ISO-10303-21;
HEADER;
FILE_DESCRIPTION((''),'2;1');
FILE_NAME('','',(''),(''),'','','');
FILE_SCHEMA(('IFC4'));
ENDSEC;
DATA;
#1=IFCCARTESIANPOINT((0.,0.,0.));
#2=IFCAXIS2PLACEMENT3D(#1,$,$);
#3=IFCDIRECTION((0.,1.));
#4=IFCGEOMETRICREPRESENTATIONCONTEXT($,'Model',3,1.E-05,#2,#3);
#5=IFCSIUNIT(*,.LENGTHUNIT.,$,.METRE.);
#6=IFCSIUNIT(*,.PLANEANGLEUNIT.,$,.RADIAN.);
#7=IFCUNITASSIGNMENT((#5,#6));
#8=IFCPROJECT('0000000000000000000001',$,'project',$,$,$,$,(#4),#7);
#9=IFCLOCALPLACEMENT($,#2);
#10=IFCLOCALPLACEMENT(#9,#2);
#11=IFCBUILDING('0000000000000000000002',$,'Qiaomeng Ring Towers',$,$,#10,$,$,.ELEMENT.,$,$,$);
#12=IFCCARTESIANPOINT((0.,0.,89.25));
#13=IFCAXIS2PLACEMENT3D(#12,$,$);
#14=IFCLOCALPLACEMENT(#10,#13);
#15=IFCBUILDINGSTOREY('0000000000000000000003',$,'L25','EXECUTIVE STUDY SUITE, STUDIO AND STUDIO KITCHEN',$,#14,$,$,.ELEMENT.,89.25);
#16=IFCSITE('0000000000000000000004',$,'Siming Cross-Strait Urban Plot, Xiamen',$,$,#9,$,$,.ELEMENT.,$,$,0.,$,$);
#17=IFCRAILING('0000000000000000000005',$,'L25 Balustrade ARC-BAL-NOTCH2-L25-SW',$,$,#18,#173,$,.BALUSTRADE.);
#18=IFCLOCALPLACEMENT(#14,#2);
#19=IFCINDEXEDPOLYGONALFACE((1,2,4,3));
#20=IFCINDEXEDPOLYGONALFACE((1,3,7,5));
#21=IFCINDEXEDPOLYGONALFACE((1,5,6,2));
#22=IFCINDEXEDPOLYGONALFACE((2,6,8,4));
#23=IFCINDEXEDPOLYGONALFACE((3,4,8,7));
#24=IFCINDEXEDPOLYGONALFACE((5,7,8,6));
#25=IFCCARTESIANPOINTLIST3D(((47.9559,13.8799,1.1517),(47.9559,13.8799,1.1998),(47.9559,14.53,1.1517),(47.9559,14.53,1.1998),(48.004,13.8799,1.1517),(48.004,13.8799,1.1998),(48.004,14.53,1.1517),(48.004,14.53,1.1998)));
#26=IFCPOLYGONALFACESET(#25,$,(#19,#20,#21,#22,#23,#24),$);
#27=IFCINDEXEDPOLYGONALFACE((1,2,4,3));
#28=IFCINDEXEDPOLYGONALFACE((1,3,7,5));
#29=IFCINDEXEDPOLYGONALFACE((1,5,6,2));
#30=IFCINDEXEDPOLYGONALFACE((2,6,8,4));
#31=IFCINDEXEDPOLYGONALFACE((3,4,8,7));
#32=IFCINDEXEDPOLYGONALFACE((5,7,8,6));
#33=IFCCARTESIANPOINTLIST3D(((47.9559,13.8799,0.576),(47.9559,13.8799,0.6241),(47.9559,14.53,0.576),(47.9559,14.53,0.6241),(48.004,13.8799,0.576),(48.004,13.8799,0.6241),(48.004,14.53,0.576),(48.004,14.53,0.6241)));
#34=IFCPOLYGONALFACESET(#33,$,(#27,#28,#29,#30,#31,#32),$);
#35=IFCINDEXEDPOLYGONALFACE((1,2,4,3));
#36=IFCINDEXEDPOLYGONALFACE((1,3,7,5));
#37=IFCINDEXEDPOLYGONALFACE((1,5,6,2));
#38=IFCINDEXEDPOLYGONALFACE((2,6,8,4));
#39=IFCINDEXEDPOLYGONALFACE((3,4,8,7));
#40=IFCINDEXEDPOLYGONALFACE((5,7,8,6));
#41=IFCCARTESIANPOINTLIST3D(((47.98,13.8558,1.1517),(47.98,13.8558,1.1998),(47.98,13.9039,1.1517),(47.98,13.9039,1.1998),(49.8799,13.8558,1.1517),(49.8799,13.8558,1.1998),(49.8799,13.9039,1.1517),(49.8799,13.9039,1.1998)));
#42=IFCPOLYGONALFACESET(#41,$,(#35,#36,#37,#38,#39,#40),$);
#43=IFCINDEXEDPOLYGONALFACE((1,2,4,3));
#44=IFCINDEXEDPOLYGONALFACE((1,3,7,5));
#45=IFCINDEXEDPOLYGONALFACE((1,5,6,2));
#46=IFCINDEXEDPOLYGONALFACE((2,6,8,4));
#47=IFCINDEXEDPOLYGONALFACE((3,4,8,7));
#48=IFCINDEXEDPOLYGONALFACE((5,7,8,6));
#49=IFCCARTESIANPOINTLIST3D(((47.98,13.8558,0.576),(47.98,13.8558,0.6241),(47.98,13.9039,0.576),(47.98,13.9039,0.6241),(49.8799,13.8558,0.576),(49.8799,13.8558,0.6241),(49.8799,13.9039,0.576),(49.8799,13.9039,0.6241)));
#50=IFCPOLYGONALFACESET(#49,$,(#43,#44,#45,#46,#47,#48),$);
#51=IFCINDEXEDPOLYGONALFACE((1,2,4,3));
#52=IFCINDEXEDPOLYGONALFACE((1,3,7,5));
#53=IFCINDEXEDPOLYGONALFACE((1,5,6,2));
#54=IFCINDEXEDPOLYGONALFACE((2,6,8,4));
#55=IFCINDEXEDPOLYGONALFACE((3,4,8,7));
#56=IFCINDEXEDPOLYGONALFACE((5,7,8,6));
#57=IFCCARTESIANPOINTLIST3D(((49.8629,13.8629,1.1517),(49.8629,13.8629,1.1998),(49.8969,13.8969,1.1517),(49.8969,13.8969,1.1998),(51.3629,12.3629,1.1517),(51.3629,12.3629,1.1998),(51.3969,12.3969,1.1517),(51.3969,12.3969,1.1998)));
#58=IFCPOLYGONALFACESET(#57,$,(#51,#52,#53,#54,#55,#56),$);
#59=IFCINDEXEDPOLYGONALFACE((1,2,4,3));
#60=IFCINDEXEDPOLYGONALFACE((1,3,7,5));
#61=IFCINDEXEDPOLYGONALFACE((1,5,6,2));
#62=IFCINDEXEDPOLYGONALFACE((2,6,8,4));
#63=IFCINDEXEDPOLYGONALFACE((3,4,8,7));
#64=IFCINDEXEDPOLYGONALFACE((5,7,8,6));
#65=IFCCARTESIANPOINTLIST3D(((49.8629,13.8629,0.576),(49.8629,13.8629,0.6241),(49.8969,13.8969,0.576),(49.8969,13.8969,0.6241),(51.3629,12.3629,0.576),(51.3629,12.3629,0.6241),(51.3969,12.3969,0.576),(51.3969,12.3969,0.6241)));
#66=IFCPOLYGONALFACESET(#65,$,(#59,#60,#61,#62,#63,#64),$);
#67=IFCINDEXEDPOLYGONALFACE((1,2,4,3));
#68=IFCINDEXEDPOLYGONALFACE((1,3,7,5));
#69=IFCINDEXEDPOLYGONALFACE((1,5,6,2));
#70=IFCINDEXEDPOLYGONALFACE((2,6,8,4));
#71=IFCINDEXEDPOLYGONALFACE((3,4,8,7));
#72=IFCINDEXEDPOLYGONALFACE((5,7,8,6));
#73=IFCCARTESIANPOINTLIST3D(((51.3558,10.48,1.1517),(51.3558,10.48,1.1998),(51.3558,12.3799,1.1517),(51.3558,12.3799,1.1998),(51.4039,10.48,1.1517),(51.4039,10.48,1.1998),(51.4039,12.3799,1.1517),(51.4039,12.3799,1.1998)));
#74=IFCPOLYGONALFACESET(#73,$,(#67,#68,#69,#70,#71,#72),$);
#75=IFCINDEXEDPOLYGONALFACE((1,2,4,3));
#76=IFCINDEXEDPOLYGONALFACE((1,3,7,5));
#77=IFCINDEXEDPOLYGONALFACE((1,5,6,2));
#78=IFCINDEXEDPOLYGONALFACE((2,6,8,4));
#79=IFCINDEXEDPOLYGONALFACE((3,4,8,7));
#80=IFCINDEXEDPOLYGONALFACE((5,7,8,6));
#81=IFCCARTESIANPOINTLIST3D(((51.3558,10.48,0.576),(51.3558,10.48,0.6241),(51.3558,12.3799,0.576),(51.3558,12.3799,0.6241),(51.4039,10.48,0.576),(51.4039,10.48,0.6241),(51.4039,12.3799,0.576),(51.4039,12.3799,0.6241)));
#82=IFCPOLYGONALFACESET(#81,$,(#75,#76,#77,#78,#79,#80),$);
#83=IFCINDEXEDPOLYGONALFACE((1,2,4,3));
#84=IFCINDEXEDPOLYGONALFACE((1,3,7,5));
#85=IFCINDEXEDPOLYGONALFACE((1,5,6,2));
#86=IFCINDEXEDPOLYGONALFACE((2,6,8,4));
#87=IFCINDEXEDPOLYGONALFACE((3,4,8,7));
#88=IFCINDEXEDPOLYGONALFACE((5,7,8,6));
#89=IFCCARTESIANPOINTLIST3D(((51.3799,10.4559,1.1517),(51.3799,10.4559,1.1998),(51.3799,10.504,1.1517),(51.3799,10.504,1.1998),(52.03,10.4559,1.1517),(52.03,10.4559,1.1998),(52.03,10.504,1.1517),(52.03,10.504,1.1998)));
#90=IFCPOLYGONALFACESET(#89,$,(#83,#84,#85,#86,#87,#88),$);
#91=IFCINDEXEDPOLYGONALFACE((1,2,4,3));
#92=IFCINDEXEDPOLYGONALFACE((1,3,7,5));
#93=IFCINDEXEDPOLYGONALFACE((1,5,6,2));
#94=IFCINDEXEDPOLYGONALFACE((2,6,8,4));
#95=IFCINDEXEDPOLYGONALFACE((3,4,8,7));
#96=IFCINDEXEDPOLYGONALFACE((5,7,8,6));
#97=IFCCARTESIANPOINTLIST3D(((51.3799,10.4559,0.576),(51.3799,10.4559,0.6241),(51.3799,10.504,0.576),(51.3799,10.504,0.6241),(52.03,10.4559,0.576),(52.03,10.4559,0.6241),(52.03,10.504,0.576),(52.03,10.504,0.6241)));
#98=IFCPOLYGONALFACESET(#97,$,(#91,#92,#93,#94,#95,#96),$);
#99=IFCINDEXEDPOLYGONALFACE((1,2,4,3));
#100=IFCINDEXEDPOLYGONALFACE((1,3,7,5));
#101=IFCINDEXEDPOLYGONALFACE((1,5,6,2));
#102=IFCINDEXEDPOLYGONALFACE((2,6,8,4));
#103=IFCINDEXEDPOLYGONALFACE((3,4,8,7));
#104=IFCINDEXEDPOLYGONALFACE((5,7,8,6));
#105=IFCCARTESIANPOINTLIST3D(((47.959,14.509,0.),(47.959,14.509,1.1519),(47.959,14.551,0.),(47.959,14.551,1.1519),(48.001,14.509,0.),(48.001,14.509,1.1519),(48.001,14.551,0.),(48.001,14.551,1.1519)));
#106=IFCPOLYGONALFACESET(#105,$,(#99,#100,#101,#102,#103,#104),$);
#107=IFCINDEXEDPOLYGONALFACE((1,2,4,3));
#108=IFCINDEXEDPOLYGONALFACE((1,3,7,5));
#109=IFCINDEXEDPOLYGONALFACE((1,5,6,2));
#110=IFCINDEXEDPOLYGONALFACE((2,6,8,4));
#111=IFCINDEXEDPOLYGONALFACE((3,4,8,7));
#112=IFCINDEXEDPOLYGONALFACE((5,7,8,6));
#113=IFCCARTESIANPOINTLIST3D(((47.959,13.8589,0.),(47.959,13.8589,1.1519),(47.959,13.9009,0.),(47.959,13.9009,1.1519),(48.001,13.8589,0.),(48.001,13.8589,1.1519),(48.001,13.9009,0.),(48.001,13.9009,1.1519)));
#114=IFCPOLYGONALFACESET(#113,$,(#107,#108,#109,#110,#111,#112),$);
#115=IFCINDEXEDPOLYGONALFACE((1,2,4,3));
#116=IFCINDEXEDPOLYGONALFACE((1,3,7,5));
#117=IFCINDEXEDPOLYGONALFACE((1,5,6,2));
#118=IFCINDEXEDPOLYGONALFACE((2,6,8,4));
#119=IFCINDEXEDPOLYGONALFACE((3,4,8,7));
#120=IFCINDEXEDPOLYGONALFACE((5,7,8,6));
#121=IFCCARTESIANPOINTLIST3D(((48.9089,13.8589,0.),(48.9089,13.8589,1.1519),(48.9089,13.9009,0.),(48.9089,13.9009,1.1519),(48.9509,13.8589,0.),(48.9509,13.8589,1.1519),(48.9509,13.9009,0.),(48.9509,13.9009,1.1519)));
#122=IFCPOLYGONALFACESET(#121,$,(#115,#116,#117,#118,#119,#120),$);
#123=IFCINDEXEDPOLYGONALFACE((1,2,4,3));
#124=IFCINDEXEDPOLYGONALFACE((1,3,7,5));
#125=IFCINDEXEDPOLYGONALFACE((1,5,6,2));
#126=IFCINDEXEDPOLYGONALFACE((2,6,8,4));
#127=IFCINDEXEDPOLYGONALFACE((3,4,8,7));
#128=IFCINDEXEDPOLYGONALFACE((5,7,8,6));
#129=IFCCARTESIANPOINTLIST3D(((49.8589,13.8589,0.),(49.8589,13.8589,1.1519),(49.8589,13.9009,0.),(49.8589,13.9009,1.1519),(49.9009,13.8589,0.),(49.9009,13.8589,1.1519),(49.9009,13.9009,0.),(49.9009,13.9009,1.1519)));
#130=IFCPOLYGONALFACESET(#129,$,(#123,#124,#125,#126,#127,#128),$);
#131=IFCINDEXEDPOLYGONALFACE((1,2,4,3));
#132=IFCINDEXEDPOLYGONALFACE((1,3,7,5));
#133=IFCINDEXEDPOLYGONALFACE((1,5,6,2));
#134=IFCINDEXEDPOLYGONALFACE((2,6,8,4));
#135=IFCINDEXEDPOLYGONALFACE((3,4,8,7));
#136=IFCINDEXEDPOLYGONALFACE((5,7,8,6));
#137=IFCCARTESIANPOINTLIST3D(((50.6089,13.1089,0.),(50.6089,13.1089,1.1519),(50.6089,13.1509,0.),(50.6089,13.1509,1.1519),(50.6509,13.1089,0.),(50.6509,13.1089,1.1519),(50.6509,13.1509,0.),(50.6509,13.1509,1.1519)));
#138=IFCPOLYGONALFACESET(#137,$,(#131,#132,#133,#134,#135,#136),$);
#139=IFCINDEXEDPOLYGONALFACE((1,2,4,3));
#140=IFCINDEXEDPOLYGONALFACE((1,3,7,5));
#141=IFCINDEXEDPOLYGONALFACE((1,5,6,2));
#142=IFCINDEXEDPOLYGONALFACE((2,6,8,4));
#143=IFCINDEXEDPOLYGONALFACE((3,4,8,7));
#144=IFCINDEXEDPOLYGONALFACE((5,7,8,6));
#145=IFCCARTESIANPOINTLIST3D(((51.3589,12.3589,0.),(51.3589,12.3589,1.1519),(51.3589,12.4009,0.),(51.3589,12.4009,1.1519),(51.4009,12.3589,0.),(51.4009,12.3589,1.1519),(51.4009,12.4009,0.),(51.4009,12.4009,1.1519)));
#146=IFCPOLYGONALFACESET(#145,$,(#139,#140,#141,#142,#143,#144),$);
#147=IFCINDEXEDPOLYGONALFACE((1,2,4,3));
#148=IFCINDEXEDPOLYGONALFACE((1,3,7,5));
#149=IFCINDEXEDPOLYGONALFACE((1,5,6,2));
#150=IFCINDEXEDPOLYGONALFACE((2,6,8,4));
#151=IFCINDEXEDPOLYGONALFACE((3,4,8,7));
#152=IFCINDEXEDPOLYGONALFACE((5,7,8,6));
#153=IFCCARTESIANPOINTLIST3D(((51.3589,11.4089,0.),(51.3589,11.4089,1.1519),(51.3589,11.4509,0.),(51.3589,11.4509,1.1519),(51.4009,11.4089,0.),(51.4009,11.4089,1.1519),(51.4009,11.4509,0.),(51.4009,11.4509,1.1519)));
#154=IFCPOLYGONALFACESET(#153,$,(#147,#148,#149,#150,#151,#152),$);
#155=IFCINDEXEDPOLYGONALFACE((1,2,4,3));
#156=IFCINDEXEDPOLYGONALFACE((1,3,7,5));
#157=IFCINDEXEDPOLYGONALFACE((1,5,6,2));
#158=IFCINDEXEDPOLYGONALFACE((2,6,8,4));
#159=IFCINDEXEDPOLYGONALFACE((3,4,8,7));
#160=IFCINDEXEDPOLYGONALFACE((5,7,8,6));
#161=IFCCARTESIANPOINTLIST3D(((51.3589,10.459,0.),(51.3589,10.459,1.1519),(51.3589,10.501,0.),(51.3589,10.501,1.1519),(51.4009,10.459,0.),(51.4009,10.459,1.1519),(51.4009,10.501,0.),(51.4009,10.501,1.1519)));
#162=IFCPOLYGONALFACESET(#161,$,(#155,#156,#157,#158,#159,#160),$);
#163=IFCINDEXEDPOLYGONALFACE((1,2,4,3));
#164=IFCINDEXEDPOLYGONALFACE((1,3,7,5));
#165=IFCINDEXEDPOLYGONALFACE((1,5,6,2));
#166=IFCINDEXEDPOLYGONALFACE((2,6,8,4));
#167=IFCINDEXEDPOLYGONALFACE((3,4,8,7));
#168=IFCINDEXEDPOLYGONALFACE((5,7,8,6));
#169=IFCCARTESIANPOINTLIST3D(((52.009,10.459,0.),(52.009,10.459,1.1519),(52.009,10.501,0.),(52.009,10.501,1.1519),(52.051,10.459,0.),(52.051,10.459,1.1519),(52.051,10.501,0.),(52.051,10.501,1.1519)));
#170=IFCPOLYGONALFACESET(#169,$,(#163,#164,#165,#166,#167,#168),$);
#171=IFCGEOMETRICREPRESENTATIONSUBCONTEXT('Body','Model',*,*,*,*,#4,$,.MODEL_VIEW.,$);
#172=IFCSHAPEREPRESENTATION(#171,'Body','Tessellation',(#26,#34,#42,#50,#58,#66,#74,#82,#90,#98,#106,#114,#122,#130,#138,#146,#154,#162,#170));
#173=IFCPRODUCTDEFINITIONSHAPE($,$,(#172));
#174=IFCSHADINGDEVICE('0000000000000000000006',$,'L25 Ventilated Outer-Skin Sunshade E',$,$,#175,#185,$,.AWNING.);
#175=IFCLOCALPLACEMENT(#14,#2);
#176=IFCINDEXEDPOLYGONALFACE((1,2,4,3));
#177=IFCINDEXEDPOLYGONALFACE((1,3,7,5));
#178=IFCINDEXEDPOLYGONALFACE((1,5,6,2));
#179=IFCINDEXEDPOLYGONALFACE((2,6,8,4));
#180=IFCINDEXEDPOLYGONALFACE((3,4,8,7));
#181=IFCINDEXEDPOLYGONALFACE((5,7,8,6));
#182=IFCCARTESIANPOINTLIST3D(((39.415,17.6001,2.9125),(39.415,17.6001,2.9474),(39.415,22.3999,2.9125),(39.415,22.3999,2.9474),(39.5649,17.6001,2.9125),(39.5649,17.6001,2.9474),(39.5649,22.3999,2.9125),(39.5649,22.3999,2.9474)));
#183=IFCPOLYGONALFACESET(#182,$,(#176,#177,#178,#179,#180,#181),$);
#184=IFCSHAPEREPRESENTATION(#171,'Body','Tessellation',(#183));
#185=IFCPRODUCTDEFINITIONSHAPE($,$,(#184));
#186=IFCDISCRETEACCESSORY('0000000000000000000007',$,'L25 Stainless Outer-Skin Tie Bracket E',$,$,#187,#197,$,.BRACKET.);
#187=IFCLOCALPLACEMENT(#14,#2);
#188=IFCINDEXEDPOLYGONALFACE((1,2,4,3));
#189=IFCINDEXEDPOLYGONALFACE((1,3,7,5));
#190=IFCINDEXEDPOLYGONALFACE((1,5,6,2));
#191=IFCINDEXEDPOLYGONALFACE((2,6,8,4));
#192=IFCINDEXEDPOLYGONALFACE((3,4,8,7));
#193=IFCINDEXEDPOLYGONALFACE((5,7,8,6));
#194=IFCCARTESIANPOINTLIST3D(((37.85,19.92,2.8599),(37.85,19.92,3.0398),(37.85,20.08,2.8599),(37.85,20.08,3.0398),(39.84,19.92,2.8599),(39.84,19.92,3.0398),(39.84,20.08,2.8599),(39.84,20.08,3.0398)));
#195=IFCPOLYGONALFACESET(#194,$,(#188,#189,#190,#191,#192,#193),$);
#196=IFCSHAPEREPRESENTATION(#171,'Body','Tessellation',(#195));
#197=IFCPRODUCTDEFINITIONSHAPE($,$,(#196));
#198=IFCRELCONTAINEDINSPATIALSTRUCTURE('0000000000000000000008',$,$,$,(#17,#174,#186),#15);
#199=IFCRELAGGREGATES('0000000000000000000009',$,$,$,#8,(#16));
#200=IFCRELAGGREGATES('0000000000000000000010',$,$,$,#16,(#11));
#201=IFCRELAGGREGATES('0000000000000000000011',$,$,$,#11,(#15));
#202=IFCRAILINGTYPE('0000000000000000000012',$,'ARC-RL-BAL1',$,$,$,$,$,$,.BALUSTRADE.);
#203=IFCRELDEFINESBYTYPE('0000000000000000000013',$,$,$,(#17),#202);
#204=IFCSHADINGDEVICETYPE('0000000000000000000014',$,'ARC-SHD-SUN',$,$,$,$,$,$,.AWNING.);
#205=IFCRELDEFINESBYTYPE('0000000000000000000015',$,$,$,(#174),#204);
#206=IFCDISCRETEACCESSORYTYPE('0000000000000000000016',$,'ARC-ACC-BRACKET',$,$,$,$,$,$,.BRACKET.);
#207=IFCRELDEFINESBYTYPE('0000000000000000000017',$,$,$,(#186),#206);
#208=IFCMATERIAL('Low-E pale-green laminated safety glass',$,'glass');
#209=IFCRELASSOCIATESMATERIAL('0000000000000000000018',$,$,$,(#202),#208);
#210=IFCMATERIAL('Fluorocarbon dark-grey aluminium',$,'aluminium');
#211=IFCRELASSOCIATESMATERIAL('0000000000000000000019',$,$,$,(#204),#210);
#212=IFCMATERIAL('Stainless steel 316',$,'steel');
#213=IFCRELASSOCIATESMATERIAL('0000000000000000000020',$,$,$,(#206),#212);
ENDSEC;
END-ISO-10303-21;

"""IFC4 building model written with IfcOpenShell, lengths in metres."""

from ifc_helpers import new_model, si_unit, direction, frame, origin, origin_2d, place, context, subcontext, project, spatial, rectangle, extrude, source, transform, mapped, material, material_profile, profile_set, type_object, element, save


model = new_model("IFC4")

# Units and contexts
model_context = context("Model", 3, precision=1e-05, world=origin(), true_north=direction((0.0, 1.0)))
body_context = subcontext(model_context, "Body", "Model", "MODEL_VIEW")
ifc_project = project(units=[si_unit("LENGTHUNIT", "METRE"), si_unit("PLANEANGLEUNIT", "RADIAN")], contexts=[model_context])

# Site, building, storey
site_placement = place(None, origin())
site = spatial("IfcSite", under=ifc_project, at=site_placement, Name="Siming Cross-Strait Urban Plot, Xiamen", CompositionType="ELEMENT", RefElevation=0.0)
building_placement = place(site_placement, origin())
building = spatial("IfcBuilding", under=site, at=building_placement, Name="Qiaomeng Ring Towers", CompositionType="ELEMENT")
storey_placement = place(building_placement, frame((0.0, 0.0, 89.25)))
storey = spatial("IfcBuildingStorey", under=building, at=storey_placement, Name="L25", Description="EXECUTIVE STUDY SUITE, STUDIO AND STUDIO KITCHEN", CompositionType="ELEMENT", Elevation=89.25)

# Shared definitions
ifc_material_1 = material(Name="Fluorocarbon dark-grey aluminium", Category="aluminium")

# Railing
ifc_material_2 = material(Name="Low-E pale-green laminated safety glass", Category="glass")
railing_type = type_object("IfcRailingType", Name="ARC-RL-BAL1", PredefinedType="BALUSTRADE", material=ifc_material_2)
railing_1_placement = place(storey_placement, frame((47.98, 14.53, 0.0)))
element("IfcRailing", 1, at=railing_1_placement, inside=storey, type_object=railing_type, Name="L25 Balustrade ARC-BAL-NOTCH2-L25-SW", PredefinedType="BALUSTRADE", context=body_context, shape_type="SweptSolid", body=[
    extrude(rectangle(XDim=0.0481, YDim=0.0481, at=origin_2d()), frame((0.0, 0.0, 1.1758), z_axis=(0.0, -1.0, 0.0), x_axis=(1.0, 0.0, 0.0)), (0.0, 0.0, 1.0), 0.6501),
    extrude(rectangle(XDim=0.0481, YDim=0.0481, at=origin_2d()), frame((0.0, 0.0, 0.6001), z_axis=(0.0, -1.0, 0.0), x_axis=(1.0, 0.0, 0.0)), (0.0, 0.0, 1.0), 0.6501),
    extrude(rectangle(XDim=0.0481, YDim=0.0481, at=origin_2d()), frame((0.0, -0.6501, 1.1758), z_axis=(1.0, 0.0, 0.0), x_axis=(0.0, 1.0, 0.0)), (0.0, 0.0, 1.0), 1.8999),
    extrude(rectangle(XDim=0.0481, YDim=0.0481, at=origin_2d()), frame((0.0, -0.6501, 0.6001), z_axis=(1.0, 0.0, 0.0), x_axis=(0.0, 1.0, 0.0)), (0.0, 0.0, 1.0), 1.8999),
    extrude(rectangle(XDim=0.0481, YDim=0.0481, at=origin_2d()), frame((1.8999, -0.6501, 1.1758), z_axis=(0.707107, -0.707107, 0.0), x_axis=(0.707107, 0.707107, 0.0)), (0.0, 0.0, 1.0), 2.1213),
    extrude(rectangle(XDim=0.0481, YDim=0.0481, at=origin_2d()), frame((1.8999, -0.6501, 0.6001), z_axis=(0.707107, -0.707107, 0.0), x_axis=(0.707107, 0.707107, 0.0)), (0.0, 0.0, 1.0), 2.1213),
    extrude(rectangle(XDim=0.0481, YDim=0.0481, at=origin_2d()), frame((3.3999, -2.1501, 1.1758), z_axis=(0.0, -1.0, 0.0), x_axis=(1.0, 0.0, 0.0)), (0.0, 0.0, 1.0), 1.8999),
    extrude(rectangle(XDim=0.0481, YDim=0.0481, at=origin_2d()), frame((3.3999, -2.1501, 0.6001), z_axis=(0.0, -1.0, 0.0), x_axis=(1.0, 0.0, 0.0)), (0.0, 0.0, 1.0), 1.8999),
    extrude(rectangle(XDim=0.0481, YDim=0.0481, at=origin_2d()), frame((3.3999, -4.05, 1.1758), z_axis=(1.0, 0.0, 0.0), x_axis=(0.0, 1.0, 0.0)), (0.0, 0.0, 1.0), 0.6501),
    extrude(rectangle(XDim=0.0481, YDim=0.0481, at=origin_2d()), frame((3.3999, -4.05, 0.6001), z_axis=(1.0, 0.0, 0.0), x_axis=(0.0, 1.0, 0.0)), (0.0, 0.0, 1.0), 0.6501),
    extrude(rectangle(XDim=0.042, YDim=0.042, at=origin_2d()), origin(), (0.0, 0.0, 1.0), 1.1519),
    extrude(rectangle(XDim=0.042, YDim=0.042, at=origin_2d()), frame((0.0, -0.6501, 0.0)), (0.0, 0.0, 1.0), 1.1519),
    extrude(rectangle(XDim=0.042, YDim=0.042, at=origin_2d()), frame((0.95, -0.6501, 0.0)), (0.0, 0.0, 1.0), 1.1519),
    extrude(rectangle(XDim=0.042, YDim=0.042, at=origin_2d()), frame((1.8999, -0.6501, 0.0)), (0.0, 0.0, 1.0), 1.1519),
    extrude(rectangle(XDim=0.042, YDim=0.042, at=origin_2d()), frame((2.6499, -1.4001, 0.0)), (0.0, 0.0, 1.0), 1.1519),
    extrude(rectangle(XDim=0.042, YDim=0.042, at=origin_2d()), frame((3.3999, -2.1501, 0.0)), (0.0, 0.0, 1.0), 1.1519),
    extrude(rectangle(XDim=0.042, YDim=0.042, at=origin_2d()), frame((3.3999, -3.1001, 0.0)), (0.0, 0.0, 1.0), 1.1519),
    extrude(rectangle(XDim=0.042, YDim=0.042, at=origin_2d()), frame((3.3999, -4.05, 0.0)), (0.0, 0.0, 1.0), 1.1519),
    extrude(rectangle(XDim=0.042, YDim=0.042, at=origin_2d()), frame((4.05, -4.05, 0.0)), (0.0, 0.0, 1.0), 1.1519),
])

# Shading device
ifc_material_profile_1 = material_profile(ifc_material_1, rectangle(XDim=0.1499, YDim=0.0349, at=origin_2d()), Name="LV BLADE 150x35")
ifc_profile_set_1 = profile_set([ifc_material_profile_1], Name="Fluorocarbon dark-grey aluminium")
shading_device_type = type_object("IfcShadingDeviceType", Name="ARC-SHD-SUN", PredefinedType="AWNING", material=ifc_profile_set_1)
shared_shape_1 = source(origin(), body_context, "Body", "SweptSolid", [
    extrude(rectangle(XDim=0.1499, YDim=0.0349, at=origin_2d()), origin(), (0.0, 0.0, 1.0), 4.7998),
])
shading_device_placement = place(storey_placement, frame((39.49, 17.6001, 2.9299), z_axis=(0.0, 1.0, 0.0), x_axis=(-1.0, 0.0, 0.0)))
element("IfcShadingDevice", 2, at=shading_device_placement, inside=storey, type_object=shading_device_type, Name="L25 Ventilated Outer-Skin Sunshade E", PredefinedType="AWNING", context=body_context, shape_type="MappedRepresentation", body=[
    mapped(shared_shape_1, transform((0.0, 0.0, 0.0), x_axis=(1.0, 0.0, 0.0), y_axis=(0.0, 1.0, 0.0), z_axis=(0.0, 0.0, 1.0), scale=1.0)),
])

# Discrete accessory
ifc_material_3 = material(Name="Stainless steel 316", Category="steel")
discrete_accessory_type = type_object("IfcDiscreteAccessoryType", Name="ARC-ACC-BRACKET", PredefinedType="BRACKET", material=ifc_material_3)
shared_shape_2 = source(origin(), body_context, "Body", "SweptSolid", [
    extrude(rectangle(XDim=1.99, YDim=0.1599, at=origin_2d()), origin(), (0.0, 0.0, 1.0), 0.1799),
])
discrete_accessory_placement = place(storey_placement, frame((38.845, 20.0, 2.8599), z_axis=(0.0, 0.0, 1.0), x_axis=(1.0, 0.0, 0.0)))
element("IfcDiscreteAccessory", 3, at=discrete_accessory_placement, inside=storey, type_object=discrete_accessory_type, Name="L25 Stainless Outer-Skin Tie Bracket E", PredefinedType="BRACKET", context=body_context, shape_type="MappedRepresentation", body=[
    mapped(shared_shape_2, transform((0.0, 0.0, 0.0), x_axis=(1.0, 0.0, 0.0), y_axis=(0.0, 1.0, 0.0), z_axis=(0.0, 0.0, 1.0), scale=1.0)),
])

save(model, "model.ifc")
